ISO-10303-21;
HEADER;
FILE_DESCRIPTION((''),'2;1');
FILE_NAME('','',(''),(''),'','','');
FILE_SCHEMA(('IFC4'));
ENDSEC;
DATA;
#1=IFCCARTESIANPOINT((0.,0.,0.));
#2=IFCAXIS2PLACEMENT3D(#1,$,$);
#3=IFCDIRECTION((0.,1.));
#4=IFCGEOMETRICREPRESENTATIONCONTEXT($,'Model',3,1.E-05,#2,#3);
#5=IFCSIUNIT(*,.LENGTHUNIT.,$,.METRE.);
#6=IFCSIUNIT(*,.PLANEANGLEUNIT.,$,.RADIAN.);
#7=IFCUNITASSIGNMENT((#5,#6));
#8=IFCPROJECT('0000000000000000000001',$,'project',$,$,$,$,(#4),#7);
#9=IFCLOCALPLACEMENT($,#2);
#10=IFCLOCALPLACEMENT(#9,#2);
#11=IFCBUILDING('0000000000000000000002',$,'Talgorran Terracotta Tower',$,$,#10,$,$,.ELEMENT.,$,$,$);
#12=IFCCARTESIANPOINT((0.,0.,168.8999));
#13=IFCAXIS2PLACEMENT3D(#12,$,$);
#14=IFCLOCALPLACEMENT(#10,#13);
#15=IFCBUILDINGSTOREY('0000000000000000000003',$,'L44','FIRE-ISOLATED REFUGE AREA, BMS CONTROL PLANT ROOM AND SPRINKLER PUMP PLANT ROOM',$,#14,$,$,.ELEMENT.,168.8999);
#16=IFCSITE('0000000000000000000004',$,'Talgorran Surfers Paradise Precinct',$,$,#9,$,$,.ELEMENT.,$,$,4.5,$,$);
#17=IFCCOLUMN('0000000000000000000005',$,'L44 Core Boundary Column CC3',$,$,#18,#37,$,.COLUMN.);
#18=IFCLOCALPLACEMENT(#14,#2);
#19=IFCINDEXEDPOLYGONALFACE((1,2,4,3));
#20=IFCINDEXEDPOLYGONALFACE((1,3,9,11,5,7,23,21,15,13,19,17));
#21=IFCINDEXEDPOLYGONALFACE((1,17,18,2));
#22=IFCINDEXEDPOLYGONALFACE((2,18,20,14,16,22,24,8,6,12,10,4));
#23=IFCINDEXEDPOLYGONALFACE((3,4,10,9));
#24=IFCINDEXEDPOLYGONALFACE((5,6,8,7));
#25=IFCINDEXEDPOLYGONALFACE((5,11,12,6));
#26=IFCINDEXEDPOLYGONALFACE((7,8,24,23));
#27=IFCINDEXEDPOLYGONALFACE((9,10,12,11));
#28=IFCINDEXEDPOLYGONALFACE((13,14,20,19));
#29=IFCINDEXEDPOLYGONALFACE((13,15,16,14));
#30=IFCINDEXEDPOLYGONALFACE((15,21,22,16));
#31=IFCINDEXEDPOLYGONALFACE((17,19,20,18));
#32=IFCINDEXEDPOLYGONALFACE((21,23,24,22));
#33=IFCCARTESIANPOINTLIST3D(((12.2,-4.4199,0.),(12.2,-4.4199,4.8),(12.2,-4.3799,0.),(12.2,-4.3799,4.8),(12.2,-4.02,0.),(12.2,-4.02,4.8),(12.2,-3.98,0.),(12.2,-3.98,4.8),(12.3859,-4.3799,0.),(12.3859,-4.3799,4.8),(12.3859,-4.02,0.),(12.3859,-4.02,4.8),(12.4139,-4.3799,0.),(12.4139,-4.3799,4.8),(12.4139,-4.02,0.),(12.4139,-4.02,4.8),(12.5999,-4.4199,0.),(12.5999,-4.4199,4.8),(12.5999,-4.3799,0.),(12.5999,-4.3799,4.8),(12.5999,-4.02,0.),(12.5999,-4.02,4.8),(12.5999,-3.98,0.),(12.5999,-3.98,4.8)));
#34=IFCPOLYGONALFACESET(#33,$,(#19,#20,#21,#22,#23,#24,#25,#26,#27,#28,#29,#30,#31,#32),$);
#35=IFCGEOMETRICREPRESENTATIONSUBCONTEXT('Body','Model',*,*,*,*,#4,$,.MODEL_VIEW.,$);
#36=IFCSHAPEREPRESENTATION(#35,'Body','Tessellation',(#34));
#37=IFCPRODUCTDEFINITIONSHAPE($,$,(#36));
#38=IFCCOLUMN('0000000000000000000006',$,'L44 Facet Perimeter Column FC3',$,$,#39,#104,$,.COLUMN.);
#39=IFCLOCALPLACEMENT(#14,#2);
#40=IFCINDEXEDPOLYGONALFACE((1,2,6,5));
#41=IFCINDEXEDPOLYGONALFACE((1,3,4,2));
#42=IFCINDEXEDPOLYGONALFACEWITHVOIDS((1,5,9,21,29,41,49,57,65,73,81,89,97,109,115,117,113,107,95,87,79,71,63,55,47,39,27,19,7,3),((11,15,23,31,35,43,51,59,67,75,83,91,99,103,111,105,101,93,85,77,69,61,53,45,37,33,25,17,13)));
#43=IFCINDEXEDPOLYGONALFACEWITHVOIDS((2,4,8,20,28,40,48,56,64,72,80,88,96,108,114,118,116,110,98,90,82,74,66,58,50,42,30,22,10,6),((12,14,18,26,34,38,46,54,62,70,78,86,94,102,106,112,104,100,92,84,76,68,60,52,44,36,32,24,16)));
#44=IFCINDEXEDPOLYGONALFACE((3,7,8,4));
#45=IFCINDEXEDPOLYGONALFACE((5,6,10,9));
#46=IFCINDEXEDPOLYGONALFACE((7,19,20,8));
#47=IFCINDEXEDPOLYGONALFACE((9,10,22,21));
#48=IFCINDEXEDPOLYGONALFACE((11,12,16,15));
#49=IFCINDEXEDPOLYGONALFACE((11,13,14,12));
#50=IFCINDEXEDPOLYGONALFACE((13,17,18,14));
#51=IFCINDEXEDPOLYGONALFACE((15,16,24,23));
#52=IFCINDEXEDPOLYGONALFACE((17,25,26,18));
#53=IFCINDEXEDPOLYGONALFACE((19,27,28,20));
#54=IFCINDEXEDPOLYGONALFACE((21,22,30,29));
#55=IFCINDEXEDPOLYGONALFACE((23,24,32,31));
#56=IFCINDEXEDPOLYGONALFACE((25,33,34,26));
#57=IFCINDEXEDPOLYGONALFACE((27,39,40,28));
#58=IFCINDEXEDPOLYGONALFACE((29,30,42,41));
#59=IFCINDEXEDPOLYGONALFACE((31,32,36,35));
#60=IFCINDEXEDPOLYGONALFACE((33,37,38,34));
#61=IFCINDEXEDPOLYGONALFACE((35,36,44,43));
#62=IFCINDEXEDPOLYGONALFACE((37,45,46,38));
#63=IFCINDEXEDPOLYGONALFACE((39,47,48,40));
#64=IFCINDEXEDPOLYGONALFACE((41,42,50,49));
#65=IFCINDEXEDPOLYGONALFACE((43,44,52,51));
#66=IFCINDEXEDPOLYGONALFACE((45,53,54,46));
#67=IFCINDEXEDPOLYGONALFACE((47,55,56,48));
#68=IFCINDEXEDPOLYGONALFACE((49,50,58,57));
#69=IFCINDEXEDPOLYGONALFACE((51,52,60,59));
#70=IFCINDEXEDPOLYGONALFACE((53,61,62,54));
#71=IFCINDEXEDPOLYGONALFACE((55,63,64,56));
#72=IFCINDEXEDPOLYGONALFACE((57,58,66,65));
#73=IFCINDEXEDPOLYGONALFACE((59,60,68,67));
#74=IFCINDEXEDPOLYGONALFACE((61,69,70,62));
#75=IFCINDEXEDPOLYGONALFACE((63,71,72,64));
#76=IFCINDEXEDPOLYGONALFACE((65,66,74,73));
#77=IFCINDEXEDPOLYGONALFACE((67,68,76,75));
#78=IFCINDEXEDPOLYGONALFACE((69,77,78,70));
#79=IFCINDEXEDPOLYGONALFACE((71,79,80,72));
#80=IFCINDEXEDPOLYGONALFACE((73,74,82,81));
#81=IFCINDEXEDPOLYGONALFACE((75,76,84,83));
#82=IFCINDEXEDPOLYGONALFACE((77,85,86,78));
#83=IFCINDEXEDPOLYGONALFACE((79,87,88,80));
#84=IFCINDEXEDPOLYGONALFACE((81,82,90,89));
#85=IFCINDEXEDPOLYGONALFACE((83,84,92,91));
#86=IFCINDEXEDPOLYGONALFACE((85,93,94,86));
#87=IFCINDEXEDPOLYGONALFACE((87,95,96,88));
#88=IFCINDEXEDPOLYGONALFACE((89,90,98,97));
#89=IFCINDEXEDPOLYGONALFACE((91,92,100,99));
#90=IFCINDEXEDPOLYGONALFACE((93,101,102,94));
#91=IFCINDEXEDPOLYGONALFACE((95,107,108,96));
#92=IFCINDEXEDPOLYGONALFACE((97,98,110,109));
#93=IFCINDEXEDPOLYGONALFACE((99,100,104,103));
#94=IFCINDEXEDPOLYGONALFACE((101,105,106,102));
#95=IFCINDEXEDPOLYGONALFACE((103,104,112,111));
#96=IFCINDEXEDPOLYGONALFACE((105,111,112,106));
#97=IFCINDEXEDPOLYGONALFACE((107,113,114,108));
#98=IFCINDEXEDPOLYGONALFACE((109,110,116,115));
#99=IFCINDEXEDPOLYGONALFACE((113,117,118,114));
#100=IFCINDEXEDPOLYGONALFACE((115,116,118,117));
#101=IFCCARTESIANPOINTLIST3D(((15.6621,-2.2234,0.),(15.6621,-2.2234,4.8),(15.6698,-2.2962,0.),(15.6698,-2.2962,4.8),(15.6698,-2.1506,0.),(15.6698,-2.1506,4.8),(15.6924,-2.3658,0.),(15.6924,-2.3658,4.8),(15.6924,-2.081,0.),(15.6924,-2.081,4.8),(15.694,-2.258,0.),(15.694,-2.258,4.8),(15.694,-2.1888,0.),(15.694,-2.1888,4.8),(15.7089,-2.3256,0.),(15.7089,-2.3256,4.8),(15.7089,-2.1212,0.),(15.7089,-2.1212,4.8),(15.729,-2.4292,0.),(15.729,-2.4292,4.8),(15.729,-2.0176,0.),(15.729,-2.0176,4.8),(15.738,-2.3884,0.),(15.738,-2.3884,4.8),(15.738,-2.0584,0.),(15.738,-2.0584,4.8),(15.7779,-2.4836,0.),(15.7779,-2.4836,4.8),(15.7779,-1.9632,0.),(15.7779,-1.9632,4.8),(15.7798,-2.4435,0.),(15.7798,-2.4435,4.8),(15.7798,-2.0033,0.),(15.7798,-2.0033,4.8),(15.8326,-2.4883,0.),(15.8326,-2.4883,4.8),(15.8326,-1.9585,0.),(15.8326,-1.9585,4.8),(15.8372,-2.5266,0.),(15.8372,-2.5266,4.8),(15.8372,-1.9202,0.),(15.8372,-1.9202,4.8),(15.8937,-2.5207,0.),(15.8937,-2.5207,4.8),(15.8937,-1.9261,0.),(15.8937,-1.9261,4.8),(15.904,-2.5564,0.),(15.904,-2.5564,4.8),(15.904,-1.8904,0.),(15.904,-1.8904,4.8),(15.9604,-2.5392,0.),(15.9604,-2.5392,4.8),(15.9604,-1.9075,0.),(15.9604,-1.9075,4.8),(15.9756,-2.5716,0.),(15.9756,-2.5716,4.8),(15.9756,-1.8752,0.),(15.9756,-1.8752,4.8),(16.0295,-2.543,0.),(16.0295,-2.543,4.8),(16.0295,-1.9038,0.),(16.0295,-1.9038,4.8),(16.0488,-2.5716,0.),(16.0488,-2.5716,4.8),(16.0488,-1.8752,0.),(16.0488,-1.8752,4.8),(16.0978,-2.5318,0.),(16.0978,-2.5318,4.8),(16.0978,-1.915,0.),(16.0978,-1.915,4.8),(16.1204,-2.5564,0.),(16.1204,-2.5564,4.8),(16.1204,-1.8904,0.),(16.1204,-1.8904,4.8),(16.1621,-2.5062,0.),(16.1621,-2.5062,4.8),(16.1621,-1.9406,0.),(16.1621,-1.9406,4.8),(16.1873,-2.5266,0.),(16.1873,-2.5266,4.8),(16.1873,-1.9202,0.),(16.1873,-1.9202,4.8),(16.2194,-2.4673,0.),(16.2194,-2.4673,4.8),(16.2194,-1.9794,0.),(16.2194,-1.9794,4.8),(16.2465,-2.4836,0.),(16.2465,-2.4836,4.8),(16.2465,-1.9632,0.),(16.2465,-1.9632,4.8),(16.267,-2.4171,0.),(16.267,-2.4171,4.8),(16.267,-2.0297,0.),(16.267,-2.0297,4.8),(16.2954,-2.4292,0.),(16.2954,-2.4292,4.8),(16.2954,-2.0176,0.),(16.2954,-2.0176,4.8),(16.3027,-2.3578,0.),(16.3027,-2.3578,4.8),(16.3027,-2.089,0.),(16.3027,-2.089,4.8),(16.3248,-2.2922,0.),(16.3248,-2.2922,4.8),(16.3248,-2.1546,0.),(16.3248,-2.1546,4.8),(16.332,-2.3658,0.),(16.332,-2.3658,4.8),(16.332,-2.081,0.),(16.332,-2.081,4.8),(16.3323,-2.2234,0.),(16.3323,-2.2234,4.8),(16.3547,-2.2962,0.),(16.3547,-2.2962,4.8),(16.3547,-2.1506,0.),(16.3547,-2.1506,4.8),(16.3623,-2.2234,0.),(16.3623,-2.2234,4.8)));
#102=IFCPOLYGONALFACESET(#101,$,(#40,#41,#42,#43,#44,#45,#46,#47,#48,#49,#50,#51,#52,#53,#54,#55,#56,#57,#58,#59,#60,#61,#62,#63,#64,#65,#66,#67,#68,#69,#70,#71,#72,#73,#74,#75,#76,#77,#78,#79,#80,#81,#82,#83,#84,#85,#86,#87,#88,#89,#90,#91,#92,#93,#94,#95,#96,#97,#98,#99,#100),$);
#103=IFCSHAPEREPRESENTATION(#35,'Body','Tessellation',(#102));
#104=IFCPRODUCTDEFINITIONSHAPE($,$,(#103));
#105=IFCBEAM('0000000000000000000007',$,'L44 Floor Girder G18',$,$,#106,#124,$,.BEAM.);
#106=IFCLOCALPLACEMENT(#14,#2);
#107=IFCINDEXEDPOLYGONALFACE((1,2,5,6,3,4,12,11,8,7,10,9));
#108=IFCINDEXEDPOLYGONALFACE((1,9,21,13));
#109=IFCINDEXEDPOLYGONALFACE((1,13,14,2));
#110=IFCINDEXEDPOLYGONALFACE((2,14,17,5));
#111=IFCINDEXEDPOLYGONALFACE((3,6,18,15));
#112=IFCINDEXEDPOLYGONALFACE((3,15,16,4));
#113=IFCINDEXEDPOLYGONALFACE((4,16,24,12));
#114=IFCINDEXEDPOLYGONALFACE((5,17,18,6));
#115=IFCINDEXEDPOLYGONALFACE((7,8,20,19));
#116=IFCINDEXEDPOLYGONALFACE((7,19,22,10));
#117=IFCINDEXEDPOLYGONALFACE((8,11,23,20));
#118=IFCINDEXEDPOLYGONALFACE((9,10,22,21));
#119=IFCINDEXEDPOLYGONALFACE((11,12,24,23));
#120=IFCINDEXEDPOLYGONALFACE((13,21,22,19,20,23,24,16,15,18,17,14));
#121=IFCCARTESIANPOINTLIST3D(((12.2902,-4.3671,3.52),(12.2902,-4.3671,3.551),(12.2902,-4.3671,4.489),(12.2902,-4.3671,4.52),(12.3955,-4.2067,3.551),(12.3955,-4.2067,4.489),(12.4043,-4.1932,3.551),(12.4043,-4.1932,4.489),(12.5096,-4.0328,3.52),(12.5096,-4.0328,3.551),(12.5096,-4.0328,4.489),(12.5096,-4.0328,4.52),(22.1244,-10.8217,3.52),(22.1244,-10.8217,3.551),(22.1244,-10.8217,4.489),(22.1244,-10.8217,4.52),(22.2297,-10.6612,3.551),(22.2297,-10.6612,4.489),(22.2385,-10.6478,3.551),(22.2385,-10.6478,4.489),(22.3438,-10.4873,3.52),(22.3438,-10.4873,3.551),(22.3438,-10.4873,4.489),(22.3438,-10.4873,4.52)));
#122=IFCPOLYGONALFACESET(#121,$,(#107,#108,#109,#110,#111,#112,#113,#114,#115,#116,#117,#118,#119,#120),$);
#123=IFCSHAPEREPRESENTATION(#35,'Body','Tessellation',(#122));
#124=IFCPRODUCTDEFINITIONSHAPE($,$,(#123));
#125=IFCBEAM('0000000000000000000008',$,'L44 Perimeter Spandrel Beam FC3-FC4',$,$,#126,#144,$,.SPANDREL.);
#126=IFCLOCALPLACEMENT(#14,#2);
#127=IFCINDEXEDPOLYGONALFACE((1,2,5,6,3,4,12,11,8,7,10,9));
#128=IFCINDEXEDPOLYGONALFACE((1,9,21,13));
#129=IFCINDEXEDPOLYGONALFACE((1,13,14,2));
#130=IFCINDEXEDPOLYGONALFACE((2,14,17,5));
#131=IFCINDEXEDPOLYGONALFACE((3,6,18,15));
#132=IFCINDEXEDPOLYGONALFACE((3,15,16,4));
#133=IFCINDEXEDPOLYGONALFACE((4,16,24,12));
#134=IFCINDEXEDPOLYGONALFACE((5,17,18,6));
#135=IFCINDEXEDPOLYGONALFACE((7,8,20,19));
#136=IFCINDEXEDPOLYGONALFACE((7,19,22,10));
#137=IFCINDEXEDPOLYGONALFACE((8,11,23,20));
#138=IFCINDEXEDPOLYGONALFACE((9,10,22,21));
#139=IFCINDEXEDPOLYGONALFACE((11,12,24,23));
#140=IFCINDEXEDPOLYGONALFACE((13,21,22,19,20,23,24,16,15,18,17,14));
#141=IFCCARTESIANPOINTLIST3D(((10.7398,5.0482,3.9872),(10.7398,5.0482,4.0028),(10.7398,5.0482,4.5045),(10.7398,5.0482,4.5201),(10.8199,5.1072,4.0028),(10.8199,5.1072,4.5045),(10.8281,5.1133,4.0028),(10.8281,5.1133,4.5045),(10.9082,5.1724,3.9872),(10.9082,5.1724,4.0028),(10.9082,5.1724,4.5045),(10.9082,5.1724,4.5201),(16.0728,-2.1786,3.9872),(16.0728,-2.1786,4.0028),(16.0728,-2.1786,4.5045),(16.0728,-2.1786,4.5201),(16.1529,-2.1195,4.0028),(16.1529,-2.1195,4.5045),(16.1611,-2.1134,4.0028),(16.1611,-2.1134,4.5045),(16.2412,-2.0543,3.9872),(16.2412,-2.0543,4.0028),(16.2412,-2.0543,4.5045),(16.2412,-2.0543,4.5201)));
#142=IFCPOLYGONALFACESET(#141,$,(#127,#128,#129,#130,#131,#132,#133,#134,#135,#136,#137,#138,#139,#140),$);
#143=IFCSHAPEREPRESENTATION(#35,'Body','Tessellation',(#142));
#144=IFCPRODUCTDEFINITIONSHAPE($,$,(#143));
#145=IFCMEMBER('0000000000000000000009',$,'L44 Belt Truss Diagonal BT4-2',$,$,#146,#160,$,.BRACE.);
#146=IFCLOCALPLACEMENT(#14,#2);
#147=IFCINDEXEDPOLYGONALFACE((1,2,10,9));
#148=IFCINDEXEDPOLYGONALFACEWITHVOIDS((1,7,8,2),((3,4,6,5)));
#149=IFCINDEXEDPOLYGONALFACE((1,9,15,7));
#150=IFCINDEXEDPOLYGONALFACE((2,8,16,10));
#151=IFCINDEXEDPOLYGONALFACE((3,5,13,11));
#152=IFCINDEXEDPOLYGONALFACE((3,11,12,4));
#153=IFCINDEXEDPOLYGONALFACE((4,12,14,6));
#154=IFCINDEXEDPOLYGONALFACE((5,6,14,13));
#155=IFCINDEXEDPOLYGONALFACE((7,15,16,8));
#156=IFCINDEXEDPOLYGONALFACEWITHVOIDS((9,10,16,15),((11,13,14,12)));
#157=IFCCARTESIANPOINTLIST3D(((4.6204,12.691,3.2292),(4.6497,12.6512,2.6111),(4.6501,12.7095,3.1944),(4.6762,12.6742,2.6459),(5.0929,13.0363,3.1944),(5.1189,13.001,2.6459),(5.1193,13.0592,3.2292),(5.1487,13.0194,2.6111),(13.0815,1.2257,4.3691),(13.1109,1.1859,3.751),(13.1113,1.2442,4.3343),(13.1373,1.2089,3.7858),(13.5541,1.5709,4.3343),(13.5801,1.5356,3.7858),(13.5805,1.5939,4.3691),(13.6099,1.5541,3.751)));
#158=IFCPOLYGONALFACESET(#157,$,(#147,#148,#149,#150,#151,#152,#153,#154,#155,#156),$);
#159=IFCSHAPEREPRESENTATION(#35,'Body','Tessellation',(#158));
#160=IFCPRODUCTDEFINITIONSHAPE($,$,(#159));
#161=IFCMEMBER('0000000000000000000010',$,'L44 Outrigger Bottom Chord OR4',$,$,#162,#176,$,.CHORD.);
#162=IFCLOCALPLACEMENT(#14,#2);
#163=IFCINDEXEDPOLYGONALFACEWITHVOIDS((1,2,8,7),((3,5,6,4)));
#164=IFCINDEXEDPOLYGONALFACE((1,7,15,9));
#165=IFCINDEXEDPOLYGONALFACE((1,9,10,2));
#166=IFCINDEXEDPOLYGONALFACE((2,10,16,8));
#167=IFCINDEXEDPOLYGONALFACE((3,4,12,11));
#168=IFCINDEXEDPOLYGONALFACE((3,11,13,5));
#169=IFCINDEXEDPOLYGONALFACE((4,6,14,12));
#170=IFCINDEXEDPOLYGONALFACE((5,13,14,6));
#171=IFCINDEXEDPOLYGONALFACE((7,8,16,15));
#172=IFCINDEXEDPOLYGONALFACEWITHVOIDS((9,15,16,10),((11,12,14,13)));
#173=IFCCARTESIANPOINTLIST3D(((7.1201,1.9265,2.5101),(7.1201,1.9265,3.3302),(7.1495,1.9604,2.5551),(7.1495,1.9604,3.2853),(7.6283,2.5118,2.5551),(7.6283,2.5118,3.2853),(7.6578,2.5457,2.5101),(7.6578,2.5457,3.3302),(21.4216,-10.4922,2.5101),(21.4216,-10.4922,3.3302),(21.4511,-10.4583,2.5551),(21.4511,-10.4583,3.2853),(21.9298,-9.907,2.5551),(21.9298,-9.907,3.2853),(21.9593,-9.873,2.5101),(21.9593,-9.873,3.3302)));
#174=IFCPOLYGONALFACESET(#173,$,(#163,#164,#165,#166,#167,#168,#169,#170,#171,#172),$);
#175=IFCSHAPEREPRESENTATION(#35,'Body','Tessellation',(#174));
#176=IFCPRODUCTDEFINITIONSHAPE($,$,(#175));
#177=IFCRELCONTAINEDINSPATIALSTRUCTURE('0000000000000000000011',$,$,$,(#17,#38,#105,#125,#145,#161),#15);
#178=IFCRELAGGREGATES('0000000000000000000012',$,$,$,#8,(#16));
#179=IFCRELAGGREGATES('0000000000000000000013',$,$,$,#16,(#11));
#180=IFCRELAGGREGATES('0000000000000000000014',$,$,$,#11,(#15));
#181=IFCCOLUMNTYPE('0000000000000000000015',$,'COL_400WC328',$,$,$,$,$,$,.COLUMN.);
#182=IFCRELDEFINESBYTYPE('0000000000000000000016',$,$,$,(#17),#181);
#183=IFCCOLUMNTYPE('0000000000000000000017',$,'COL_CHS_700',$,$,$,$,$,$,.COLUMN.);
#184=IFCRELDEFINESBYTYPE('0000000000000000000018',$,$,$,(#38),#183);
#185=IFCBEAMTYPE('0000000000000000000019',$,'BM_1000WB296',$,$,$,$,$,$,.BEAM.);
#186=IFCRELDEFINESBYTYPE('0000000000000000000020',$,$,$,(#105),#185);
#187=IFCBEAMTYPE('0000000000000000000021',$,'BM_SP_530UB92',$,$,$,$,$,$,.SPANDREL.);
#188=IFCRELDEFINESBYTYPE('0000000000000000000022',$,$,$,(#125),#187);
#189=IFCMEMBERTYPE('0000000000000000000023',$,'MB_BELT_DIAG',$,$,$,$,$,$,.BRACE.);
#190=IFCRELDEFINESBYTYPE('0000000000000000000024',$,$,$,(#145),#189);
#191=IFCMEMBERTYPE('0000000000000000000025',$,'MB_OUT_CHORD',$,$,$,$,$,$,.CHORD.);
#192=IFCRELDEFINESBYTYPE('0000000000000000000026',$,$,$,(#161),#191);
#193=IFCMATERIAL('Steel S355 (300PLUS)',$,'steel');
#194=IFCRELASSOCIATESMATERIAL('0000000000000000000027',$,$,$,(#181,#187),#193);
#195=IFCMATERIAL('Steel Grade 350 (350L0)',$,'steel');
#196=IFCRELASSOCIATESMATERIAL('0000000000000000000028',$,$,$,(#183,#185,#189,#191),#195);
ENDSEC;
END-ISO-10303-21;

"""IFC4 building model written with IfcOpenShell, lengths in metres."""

from ifc_helpers import new_model, si_unit, direction, frame, origin, origin_2d, place, context, subcontext, project, spatial, hollow_rectangle, hollow_circle, i_section, extrude, material, material_profile, profile_set, type_object, element, save


model = new_model("IFC4")

# Units and contexts
model_context = context("Model", 3, precision=1e-05, world=origin(), true_north=direction((0.0, 1.0)))
body_context = subcontext(model_context, "Body", "Model", "MODEL_VIEW")
ifc_project = project(units=[si_unit("LENGTHUNIT", "METRE"), si_unit("PLANEANGLEUNIT", "RADIAN")], contexts=[model_context])

# Site, building, storey
site_placement = place(None, origin())
site = spatial("IfcSite", under=ifc_project, at=site_placement, Name="Talgorran Surfers Paradise Precinct", CompositionType="ELEMENT", RefElevation=4.5)
building_placement = place(site_placement, origin())
building = spatial("IfcBuilding", under=site, at=building_placement, Name="Talgorran Terracotta Tower", CompositionType="ELEMENT")
storey_placement = place(building_placement, frame((0.0, 0.0, 168.8999)))
storey = spatial("IfcBuildingStorey", under=building, at=storey_placement, Name="L44", Description="FIRE-ISOLATED REFUGE AREA, BMS CONTROL PLANT ROOM AND SPRINKLER PUMP PLANT ROOM", CompositionType="ELEMENT", Elevation=168.8999)

# Columns
ifc_material_1 = material(Name="Steel S355 (300PLUS)", Category="steel")
ifc_material_profile_1 = material_profile(ifc_material_1, i_section(OverallWidth=0.3999, OverallDepth=0.4399, WebThickness=0.0281, FlangeThickness=0.04, at=origin_2d()), Name="400WC328")
ifc_profile_set_1 = profile_set([ifc_material_profile_1], Name="Steel S355 (300PLUS)")
column_type_1 = type_object("IfcColumnType", Name="COL_400WC328", PredefinedType="COLUMN", material=ifc_profile_set_1)
column_1_placement = place(storey_placement, frame((12.3999, -4.2, 0.0), z_axis=(0.0, 0.0, 1.0), x_axis=(1.0, 0.0, 0.0)))
element("IfcColumn", 1, at=column_1_placement, inside=storey, type_object=column_type_1, Name="L44 Core Boundary Column CC3", PredefinedType="COLUMN", context=body_context, shape_type="SweptSolid", body=[
    extrude(i_section(OverallWidth=0.3999, OverallDepth=0.4399, WebThickness=0.0281, FlangeThickness=0.04, at=origin_2d()), origin(), (0.0, 0.0, 1.0), 4.8),
])
ifc_material_2 = material(Name="Steel Grade 350 (350L0)", Category="steel")
ifc_material_profile_2 = material_profile(ifc_material_2, hollow_circle(Radius=0.3501, WallThickness=0.03, at=origin_2d()), Name="CHS700X30")
ifc_profile_set_2 = profile_set([ifc_material_profile_2], Name="Steel Grade 350 (350L0)")
column_type_2 = type_object("IfcColumnType", Name="COL_CHS_700", PredefinedType="COLUMN", material=ifc_profile_set_2)
column_2_placement = place(storey_placement, frame((16.0122, -2.2234, 0.0), z_axis=(0.0, 0.0, 1.0), x_axis=(1.0, 0.0, 0.0)))
element("IfcColumn", 2, at=column_2_placement, inside=storey, type_object=column_type_2, Name="L44 Facet Perimeter Column FC3", PredefinedType="COLUMN", context=body_context, shape_type="SweptSolid", body=[
    extrude(hollow_circle(Radius=0.3501, WallThickness=0.03, at=origin_2d()), origin(), (0.0, 0.0, 1.0), 4.8),
])

# Beams
ifc_material_profile_3 = material_profile(ifc_material_2, i_section(OverallWidth=0.3999, OverallDepth=1.0, WebThickness=0.0161, FlangeThickness=0.031, at=origin_2d()), Name="1000WB296")
ifc_profile_set_3 = profile_set([ifc_material_profile_3], Name="Steel Grade 350 (350L0)")
beam_type_1 = type_object("IfcBeamType", Name="BM_1000WB296", PredefinedType="BEAM", material=ifc_profile_set_3)
beam_1_placement = place(storey_placement, frame((12.3999, -4.2, 4.02), z_axis=(0.836014, -0.548709, 0.0), x_axis=(0.548709, 0.836014, 0.0)))
element("IfcBeam", 3, at=beam_1_placement, inside=storey, type_object=beam_type_1, Name="L44 Floor Girder G18", PredefinedType="BEAM", context=body_context, shape_type="SweptSolid", body=[
    extrude(i_section(OverallWidth=0.3999, OverallDepth=1.0, WebThickness=0.0161, FlangeThickness=0.031, at=origin_2d()), origin(), (0.0, 0.0, 1.0), 11.7632),
])
ifc_material_profile_4 = material_profile(ifc_material_1, i_section(OverallWidth=0.2092, OverallDepth=0.533, WebThickness=0.0103, FlangeThickness=0.0156, at=origin_2d()), Name="530UB92.4")
ifc_profile_set_4 = profile_set([ifc_material_profile_4], Name="Steel S355 (300PLUS)")
beam_type_2 = type_object("IfcBeamType", Name="BM_SP_530UB92", PredefinedType="SPANDREL", material=ifc_profile_set_4)
beam_2_placement = place(storey_placement, frame((16.157, -2.1165, 4.2537), z_axis=(-0.593776, 0.804631, 0.0), x_axis=(-0.804631, -0.593776, 0.0)))
element("IfcBeam", 4, at=beam_2_placement, inside=storey, type_object=beam_type_2, Name="L44 Perimeter Spandrel Beam FC3-FC4", PredefinedType="SPANDREL", context=body_context, shape_type="SweptSolid", body=[
    extrude(i_section(OverallWidth=0.2092, OverallDepth=0.533, WebThickness=0.0103, FlangeThickness=0.0156, at=origin_2d()), origin(), (0.0, 0.0, 1.0), 8.9814),
])

# Members
ifc_material_profile_5 = material_profile(ifc_material_2, hollow_rectangle(XDim=0.6201, YDim=0.6201, WallThickness=0.0349, at=origin_2d()), Name="WBOX620X620X35")
ifc_profile_set_5 = profile_set([ifc_material_profile_5], Name="Steel Grade 350 (350L0)")
member_type_1 = type_object("IfcMemberType", Name="MB_BELT_DIAG", PredefinedType="BRACE", material=ifc_profile_set_5)
member_1_placement = place(storey_placement, frame((13.3457, 1.3899, 4.0601), z_axis=(-0.591901, 0.802056, -0.079741), x_axis=(-0.804619, -0.593792, 0.0)))
element("IfcMember", 5, at=member_1_placement, inside=storey, type_object=member_type_1, Name="L44 Belt Truss Diagonal BT4-2", PredefinedType="BRACE", context=body_context, shape_type="SweptSolid", body=[
    extrude(hollow_rectangle(XDim=0.6201, YDim=0.6201, WallThickness=0.0349, at=origin_2d()), origin(), (0.0, 0.0, 1.0), 14.2949),
])
ifc_material_profile_6 = material_profile(ifc_material_2, hollow_rectangle(XDim=0.8201, YDim=0.8201, WallThickness=0.0449, at=origin_2d()), Name="WBOX820X820X45")
ifc_profile_set_6 = profile_set([ifc_material_profile_6], Name="Steel Grade 350 (350L0)")
member_type_2 = type_object("IfcMemberType", Name="MB_OUT_CHORD", PredefinedType="CHORD", material=ifc_profile_set_6)
member_2_placement = place(storey_placement, frame((7.3889, 2.2361, 2.9202), z_axis=(0.75506, -0.655656, 0.0), x_axis=(0.655656, 0.75506, 0.0)))
element("IfcMember", 6, at=member_2_placement, inside=storey, type_object=member_type_2, Name="L44 Outrigger Bottom Chord OR4", PredefinedType="CHORD", context=body_context, shape_type="SweptSolid", body=[
    extrude(hollow_rectangle(XDim=0.8201, YDim=0.8201, WallThickness=0.0449, at=origin_2d()), origin(), (0.0, 0.0, 1.0), 18.9409),
])

save(model, "model.ifc")
